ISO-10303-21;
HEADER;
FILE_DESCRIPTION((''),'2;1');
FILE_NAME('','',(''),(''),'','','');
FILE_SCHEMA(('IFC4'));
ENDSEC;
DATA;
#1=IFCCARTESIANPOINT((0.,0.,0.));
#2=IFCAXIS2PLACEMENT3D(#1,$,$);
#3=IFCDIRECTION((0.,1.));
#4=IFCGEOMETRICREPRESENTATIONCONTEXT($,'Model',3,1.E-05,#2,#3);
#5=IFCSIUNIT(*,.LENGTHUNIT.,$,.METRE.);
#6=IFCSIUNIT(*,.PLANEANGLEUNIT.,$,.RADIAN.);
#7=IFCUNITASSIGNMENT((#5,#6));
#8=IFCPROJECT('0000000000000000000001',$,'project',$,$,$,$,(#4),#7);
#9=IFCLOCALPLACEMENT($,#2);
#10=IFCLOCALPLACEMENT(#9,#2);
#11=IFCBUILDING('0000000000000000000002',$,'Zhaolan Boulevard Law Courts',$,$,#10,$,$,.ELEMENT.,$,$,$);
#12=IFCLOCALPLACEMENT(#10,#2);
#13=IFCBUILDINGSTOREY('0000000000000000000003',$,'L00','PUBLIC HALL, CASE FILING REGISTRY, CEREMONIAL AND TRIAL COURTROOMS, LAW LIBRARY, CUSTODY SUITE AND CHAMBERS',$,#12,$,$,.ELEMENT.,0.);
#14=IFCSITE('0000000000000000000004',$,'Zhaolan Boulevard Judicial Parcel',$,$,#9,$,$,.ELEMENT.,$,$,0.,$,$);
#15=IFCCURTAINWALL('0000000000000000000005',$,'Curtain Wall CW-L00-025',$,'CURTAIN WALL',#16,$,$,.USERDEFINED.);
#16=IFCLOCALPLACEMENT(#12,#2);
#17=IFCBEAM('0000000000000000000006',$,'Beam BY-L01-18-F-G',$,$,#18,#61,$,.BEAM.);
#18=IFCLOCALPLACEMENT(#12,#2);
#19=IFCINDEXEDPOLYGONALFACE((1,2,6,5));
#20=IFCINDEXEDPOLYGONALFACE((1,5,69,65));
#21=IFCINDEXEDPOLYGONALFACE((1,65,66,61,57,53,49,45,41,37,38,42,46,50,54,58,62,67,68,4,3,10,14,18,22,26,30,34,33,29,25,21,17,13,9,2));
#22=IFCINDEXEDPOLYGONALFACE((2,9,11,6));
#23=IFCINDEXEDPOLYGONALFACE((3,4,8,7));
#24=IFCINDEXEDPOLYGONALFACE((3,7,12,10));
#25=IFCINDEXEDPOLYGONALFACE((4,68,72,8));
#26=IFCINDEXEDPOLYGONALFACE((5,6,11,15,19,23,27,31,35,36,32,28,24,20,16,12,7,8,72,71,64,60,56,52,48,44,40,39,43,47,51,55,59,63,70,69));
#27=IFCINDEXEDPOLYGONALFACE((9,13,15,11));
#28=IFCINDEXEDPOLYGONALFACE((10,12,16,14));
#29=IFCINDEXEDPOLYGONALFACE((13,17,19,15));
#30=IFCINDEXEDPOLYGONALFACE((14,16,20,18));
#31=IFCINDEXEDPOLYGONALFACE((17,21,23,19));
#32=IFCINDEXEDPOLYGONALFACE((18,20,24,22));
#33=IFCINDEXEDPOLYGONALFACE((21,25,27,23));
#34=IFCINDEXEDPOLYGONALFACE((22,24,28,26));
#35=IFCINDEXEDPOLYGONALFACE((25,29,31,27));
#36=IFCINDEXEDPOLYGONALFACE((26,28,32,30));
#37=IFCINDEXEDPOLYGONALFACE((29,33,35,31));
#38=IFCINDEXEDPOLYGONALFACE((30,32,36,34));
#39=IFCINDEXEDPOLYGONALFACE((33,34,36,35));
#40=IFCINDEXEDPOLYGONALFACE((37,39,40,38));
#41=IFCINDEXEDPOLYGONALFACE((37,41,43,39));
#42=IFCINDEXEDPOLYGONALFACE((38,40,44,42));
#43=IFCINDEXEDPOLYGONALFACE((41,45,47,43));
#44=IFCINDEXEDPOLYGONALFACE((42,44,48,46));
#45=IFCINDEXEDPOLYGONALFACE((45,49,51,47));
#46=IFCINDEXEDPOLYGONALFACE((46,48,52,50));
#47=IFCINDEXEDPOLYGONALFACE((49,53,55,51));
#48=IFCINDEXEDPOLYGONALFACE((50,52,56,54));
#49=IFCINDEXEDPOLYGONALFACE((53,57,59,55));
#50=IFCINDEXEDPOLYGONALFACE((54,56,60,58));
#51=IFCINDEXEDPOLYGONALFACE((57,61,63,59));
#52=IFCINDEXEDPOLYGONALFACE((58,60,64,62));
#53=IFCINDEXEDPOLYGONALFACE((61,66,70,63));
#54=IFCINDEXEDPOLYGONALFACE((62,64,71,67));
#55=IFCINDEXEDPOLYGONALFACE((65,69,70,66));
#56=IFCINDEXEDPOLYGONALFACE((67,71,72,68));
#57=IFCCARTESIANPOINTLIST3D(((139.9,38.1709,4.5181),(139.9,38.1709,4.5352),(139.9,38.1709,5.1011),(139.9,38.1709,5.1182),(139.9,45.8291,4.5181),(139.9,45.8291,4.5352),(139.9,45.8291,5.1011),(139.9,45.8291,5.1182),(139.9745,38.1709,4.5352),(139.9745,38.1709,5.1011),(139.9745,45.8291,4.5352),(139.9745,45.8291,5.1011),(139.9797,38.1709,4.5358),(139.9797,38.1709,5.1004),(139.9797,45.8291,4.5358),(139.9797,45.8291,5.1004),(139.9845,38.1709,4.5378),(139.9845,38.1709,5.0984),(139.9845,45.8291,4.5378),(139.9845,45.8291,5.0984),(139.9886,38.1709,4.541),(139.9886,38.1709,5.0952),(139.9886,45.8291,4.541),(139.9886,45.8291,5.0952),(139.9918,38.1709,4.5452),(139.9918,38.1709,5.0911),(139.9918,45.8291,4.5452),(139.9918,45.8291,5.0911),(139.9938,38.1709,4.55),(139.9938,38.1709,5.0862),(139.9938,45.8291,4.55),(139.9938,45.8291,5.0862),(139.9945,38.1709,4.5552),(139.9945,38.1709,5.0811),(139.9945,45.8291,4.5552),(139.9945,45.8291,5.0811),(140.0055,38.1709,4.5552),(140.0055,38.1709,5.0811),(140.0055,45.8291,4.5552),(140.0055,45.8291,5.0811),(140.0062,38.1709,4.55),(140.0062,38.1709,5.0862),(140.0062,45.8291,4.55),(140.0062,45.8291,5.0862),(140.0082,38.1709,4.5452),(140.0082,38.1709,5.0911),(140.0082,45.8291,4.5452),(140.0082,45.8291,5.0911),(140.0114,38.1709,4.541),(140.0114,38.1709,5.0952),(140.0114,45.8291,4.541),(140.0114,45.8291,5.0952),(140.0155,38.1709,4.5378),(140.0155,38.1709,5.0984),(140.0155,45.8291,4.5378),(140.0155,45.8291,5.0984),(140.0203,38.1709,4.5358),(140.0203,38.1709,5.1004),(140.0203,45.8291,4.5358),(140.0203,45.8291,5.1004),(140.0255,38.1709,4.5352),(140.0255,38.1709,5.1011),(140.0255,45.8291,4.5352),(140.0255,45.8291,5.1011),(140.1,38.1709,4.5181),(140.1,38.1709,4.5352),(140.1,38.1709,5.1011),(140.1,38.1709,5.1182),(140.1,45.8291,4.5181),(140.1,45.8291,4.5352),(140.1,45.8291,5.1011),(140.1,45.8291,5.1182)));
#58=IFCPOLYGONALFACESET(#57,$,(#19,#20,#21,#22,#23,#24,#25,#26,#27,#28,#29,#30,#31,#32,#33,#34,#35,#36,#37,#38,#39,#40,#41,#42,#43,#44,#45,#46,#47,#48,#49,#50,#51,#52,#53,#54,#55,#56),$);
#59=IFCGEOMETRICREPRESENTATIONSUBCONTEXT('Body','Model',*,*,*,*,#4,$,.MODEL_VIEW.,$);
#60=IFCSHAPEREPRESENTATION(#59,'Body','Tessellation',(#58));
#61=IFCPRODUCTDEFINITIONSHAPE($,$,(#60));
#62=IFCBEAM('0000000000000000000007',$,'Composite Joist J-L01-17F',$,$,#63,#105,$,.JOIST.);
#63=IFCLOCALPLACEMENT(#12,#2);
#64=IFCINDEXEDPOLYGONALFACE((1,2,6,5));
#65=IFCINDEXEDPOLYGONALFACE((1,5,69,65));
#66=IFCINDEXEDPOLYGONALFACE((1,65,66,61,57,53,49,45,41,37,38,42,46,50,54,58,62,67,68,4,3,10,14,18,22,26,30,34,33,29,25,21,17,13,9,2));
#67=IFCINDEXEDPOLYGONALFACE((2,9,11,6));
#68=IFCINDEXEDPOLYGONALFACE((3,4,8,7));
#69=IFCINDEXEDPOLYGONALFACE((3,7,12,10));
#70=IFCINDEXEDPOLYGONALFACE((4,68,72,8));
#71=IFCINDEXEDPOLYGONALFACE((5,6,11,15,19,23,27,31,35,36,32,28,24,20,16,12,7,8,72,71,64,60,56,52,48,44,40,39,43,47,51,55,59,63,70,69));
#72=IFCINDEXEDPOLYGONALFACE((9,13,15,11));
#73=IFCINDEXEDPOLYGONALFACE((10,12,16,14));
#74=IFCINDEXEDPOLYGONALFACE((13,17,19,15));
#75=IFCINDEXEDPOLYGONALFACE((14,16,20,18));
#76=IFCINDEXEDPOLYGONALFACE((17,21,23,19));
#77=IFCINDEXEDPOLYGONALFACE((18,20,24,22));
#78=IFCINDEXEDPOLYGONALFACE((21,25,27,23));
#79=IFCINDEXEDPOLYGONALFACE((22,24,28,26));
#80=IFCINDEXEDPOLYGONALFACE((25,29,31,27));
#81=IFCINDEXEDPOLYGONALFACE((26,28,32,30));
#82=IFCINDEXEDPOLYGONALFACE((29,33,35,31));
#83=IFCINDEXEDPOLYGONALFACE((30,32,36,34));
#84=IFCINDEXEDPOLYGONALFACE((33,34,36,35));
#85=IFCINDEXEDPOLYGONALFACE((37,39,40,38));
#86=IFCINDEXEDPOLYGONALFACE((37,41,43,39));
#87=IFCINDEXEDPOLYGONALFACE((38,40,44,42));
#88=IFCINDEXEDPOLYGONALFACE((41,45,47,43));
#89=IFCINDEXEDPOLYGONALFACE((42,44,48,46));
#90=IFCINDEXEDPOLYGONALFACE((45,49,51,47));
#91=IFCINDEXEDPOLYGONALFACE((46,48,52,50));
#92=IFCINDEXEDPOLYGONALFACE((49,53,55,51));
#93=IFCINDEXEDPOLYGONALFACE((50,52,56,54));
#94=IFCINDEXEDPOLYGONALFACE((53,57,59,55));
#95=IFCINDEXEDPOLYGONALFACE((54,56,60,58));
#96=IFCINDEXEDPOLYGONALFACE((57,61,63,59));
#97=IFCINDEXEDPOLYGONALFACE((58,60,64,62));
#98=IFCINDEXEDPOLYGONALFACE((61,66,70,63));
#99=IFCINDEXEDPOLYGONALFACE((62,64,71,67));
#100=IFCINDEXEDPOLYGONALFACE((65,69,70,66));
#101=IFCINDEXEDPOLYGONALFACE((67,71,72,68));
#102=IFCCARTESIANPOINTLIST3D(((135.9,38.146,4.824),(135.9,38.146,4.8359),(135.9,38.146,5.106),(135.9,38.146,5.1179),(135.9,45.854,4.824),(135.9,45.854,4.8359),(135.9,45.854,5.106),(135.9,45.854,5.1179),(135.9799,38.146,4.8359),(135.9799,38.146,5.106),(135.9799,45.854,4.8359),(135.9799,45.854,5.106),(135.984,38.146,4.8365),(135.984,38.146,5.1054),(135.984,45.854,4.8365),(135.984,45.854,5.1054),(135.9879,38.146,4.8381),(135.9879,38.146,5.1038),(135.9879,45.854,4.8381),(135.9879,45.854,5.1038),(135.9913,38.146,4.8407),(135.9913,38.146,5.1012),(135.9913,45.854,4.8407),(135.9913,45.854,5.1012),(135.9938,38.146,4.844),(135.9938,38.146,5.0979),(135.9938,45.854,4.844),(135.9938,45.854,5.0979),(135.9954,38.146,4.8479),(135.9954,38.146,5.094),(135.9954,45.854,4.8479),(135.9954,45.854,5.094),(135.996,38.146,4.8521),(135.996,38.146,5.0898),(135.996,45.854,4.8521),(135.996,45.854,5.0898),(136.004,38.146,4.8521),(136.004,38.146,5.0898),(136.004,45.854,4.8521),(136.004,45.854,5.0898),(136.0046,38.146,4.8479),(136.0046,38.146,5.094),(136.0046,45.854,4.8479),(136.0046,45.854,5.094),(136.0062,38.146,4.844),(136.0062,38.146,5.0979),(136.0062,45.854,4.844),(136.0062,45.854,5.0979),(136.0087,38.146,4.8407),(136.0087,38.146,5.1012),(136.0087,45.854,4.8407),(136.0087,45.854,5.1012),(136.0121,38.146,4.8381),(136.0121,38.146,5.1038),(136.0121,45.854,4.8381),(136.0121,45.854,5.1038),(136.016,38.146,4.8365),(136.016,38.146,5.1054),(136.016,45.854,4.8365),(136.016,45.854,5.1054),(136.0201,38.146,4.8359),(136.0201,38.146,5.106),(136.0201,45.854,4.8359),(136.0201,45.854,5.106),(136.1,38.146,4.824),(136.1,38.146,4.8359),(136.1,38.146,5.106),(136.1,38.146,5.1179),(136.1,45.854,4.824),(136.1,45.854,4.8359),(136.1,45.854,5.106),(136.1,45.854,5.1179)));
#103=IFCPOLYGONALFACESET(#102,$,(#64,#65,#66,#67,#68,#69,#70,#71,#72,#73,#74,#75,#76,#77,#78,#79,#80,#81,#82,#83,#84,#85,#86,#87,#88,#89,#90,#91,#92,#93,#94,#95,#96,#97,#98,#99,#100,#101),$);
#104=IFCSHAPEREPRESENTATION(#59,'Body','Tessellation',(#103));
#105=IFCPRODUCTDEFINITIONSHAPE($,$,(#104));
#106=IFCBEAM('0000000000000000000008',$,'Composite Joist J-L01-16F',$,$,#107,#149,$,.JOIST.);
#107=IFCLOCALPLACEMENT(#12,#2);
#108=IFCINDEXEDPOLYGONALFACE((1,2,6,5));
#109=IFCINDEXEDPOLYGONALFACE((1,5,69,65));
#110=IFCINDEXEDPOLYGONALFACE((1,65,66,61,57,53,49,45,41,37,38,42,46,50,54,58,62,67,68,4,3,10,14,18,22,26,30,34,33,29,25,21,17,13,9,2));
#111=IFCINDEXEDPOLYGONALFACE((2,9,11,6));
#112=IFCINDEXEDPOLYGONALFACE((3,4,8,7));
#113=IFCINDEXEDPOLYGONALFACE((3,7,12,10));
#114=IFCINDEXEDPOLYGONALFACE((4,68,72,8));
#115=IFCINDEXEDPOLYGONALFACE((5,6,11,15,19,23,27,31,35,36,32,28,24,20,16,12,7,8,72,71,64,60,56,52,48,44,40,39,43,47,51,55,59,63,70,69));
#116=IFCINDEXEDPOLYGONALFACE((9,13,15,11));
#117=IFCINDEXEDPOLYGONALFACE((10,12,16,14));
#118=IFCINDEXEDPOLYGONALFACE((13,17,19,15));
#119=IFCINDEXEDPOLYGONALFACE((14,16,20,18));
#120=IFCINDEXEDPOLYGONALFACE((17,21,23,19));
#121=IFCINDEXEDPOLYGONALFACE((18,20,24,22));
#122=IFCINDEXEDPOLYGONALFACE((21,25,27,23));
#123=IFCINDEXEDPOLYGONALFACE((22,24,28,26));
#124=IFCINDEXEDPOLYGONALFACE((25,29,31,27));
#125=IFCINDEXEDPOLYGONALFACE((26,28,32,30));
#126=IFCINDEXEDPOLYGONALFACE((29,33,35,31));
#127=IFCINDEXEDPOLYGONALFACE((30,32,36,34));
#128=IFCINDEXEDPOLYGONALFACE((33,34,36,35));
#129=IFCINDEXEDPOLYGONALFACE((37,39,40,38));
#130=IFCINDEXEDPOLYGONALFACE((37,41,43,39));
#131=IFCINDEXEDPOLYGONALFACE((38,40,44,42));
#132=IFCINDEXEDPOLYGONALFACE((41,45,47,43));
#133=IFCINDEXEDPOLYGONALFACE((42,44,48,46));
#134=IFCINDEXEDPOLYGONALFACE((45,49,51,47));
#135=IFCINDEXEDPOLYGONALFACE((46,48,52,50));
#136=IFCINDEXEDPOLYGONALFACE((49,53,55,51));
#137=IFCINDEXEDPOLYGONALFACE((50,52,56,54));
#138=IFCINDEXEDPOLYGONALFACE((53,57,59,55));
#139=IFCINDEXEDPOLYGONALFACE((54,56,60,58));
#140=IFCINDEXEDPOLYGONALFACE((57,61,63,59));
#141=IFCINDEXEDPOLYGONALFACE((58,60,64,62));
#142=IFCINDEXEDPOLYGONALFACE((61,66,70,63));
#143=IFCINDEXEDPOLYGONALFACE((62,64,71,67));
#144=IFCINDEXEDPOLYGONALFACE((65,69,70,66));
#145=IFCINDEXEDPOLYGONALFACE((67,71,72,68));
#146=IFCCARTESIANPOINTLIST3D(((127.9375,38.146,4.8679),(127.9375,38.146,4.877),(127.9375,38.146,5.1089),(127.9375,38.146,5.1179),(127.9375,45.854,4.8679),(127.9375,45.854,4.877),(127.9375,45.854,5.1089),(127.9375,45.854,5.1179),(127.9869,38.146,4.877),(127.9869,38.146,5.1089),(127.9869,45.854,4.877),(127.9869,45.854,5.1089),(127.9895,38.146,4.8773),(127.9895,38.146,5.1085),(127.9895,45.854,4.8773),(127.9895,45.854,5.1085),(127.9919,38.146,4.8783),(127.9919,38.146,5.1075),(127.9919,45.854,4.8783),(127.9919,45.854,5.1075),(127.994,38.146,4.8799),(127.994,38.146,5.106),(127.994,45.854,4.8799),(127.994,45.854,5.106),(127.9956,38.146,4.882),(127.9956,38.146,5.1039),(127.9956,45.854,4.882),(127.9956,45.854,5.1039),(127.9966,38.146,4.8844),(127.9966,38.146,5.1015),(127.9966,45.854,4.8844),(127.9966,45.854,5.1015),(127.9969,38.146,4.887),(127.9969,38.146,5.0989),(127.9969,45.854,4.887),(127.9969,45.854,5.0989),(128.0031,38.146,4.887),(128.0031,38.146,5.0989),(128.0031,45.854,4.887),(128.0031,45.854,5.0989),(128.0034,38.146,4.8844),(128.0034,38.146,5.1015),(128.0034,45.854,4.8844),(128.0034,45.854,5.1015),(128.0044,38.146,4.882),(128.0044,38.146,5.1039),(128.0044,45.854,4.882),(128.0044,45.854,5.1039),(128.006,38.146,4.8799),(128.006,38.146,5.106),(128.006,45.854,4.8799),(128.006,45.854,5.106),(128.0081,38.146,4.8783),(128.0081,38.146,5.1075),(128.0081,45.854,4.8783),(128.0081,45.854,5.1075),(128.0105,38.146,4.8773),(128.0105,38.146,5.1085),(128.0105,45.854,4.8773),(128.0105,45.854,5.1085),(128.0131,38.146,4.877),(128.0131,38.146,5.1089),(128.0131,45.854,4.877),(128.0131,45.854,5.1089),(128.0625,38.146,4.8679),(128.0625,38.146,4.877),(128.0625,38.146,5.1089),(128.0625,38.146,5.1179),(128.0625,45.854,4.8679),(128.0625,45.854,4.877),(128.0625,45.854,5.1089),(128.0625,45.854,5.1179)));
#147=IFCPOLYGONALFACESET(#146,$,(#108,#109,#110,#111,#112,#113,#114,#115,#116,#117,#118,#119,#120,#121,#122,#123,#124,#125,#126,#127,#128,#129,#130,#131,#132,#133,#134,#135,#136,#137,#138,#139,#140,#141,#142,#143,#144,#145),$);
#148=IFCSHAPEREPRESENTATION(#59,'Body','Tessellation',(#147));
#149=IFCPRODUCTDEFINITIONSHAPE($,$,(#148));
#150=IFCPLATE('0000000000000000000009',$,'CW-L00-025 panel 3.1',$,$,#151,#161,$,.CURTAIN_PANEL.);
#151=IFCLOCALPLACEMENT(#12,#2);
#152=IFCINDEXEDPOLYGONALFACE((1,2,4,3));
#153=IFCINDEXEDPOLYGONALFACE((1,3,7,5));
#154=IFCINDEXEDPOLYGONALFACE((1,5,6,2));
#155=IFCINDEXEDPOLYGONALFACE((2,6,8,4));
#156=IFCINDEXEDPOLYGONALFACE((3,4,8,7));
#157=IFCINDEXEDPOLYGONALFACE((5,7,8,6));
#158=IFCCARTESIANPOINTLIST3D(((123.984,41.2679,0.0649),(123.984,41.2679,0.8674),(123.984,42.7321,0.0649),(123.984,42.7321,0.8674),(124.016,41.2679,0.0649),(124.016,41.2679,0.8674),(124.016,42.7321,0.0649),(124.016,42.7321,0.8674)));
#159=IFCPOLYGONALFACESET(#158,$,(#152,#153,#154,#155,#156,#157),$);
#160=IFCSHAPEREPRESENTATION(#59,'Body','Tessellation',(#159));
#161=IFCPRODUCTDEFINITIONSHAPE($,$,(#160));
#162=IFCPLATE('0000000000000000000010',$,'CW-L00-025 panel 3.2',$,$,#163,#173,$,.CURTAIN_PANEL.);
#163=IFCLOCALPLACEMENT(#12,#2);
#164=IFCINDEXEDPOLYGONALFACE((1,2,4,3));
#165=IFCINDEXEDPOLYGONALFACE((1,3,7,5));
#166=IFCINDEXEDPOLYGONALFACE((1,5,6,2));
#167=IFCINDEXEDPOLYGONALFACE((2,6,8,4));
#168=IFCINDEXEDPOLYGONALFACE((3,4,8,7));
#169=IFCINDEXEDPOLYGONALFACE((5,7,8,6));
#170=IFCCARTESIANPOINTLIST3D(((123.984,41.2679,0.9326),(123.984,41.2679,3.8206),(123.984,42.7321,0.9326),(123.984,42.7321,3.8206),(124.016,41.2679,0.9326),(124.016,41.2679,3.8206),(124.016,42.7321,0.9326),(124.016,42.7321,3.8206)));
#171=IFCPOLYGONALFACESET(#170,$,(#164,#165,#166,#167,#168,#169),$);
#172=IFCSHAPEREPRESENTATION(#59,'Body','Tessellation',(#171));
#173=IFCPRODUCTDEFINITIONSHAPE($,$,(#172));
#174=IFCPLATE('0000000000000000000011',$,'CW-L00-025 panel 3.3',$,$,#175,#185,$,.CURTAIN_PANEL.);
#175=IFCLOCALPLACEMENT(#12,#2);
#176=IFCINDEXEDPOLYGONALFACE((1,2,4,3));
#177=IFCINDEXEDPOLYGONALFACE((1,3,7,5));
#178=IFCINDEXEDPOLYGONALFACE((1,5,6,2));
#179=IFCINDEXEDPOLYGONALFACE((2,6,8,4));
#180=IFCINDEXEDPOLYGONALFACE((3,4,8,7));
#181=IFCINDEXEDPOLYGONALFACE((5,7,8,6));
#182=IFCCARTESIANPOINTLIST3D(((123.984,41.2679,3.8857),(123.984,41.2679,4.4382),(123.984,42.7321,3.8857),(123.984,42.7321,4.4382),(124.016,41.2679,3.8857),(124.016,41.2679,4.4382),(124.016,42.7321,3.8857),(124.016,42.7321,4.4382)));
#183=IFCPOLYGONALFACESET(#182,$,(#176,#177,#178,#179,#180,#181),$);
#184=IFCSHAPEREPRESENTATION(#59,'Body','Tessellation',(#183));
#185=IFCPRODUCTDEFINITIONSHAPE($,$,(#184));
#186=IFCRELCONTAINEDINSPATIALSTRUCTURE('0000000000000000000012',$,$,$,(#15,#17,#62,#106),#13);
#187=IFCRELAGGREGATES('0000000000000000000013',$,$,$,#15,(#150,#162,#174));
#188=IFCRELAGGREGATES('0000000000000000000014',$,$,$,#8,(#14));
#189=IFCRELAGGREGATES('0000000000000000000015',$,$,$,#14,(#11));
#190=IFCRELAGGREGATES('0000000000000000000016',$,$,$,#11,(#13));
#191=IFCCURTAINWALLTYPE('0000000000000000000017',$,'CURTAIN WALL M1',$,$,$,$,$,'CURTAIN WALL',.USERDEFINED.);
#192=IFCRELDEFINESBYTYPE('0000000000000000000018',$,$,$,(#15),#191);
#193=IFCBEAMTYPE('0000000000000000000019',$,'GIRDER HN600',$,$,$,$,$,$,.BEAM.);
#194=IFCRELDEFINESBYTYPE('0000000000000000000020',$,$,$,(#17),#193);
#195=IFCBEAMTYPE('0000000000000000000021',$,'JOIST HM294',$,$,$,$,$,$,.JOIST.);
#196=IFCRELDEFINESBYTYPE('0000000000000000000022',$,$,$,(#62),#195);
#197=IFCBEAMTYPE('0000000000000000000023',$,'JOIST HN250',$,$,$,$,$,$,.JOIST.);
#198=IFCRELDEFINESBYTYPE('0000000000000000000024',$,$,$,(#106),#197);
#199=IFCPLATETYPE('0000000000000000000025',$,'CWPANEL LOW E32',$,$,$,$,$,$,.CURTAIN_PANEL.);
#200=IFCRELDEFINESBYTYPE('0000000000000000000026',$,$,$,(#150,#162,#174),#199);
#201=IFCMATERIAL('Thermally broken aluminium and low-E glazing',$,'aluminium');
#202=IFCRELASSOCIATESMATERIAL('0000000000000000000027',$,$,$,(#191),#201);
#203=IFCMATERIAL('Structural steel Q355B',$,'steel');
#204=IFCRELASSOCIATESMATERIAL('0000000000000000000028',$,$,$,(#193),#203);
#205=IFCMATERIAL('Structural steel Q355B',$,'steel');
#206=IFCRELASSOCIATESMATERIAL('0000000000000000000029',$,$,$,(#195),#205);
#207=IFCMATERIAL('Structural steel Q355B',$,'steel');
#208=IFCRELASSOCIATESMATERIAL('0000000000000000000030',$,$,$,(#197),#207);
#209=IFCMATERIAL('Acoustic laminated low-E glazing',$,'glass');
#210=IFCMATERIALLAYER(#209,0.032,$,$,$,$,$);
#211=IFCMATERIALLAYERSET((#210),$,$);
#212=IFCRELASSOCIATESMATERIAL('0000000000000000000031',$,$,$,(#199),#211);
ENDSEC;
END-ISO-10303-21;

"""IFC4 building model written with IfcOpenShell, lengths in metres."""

from ifc_helpers import new_model, si_unit, direction, frame, origin, origin_2d, place, context, subcontext, project, spatial, rectangle, i_section, extrude, material, layer, layer_set, material_profile, profile_set, type_object, element, aggregate, save


model = new_model("IFC4")

# Units and contexts
model_context = context("Model", 3, precision=1e-05, world=origin(), true_north=direction((0.0, 1.0)))
body_context = subcontext(model_context, "Body", "Model", "MODEL_VIEW")
ifc_project = project(units=[si_unit("LENGTHUNIT", "METRE"), si_unit("PLANEANGLEUNIT", "RADIAN")], contexts=[model_context])

# Site, building, storey
site_placement = place(None, origin())
site = spatial("IfcSite", under=ifc_project, at=site_placement, Name="Zhaolan Boulevard Judicial Parcel", CompositionType="ELEMENT", RefElevation=0.0)
building_placement = place(site_placement, origin())
building = spatial("IfcBuilding", under=site, at=building_placement, Name="Zhaolan Boulevard Law Courts", CompositionType="ELEMENT")
storey_placement = place(building_placement, origin())
storey = spatial("IfcBuildingStorey", under=building, at=storey_placement, Name="L00", Description="PUBLIC HALL, CASE FILING REGISTRY, CEREMONIAL AND TRIAL COURTROOMS, LAW LIBRARY, CUSTODY SUITE AND CHAMBERS", CompositionType="ELEMENT", Elevation=0.0)

# Curtain wall
ifc_material_1 = material(Name="Thermally broken aluminium and low-E glazing", Category="aluminium")
curtain_wall_type = type_object("IfcCurtainWallType", Name="CURTAIN WALL M1", ElementType="CURTAIN WALL", PredefinedType="USERDEFINED", material=ifc_material_1)
curtain_wall_placement = place(storey_placement, origin())
curtain_wall = element("IfcCurtainWall", 1, at=curtain_wall_placement, inside=storey, type_object=curtain_wall_type, Name="Curtain Wall CW-L00-025", ObjectType="CURTAIN WALL", PredefinedType="USERDEFINED")

# Beams
ifc_material_2 = material(Name="Structural steel Q355B", Category="steel")
ifc_material_profile_1 = material_profile(ifc_material_2, i_section(OverallWidth=0.2, OverallDepth=0.6001, WebThickness=0.011, FlangeThickness=0.0171, FilletRadius=0.02, at=origin_2d()), Name="HN600x200")
ifc_profile_set_1 = profile_set([ifc_material_profile_1], Name="Structural steel Q355B")
beam_type_1 = type_object("IfcBeamType", Name="GIRDER HN600", PredefinedType="BEAM", material=ifc_profile_set_1)
for number, where, z_axis, x_axis, name in (
    (2, (140.0, 38.1709, 4.8181), (0.0, 1.0, 0.0), (-1.0, 0.0, 0.0), "Beam BY-L01-18-F-G"),
):
    element("IfcBeam", number, at=place(storey_placement, frame(where, z_axis=z_axis, x_axis=x_axis)), inside=storey, type_object=beam_type_1, Name=name, PredefinedType="BEAM", context=body_context, shape_type="SweptSolid", body=[
        extrude(i_section(OverallWidth=0.2, OverallDepth=0.6001, WebThickness=0.011, FlangeThickness=0.0171, FilletRadius=0.02, at=origin_2d()), origin(), (0.0, 0.0, 1.0), 7.6582),
    ])
ifc_material_3 = material(Name="Structural steel Q355B", Category="steel")
ifc_material_profile_2 = material_profile(ifc_material_3, i_section(OverallWidth=0.2, OverallDepth=0.2939, WebThickness=0.0081, FlangeThickness=0.012, FilletRadius=0.0161, at=origin_2d()), Name="HM294x200")
ifc_profile_set_2 = profile_set([ifc_material_profile_2], Name="Structural steel Q355B")
beam_type_2 = type_object("IfcBeamType", Name="JOIST HM294", PredefinedType="JOIST", material=ifc_profile_set_2)
beam_1_placement = place(storey_placement, frame((136.0, 38.146, 4.9709), z_axis=(0.0, 1.0, 0.0), x_axis=(-1.0, 0.0, 0.0)))
element("IfcBeam", 3, at=beam_1_placement, inside=storey, type_object=beam_type_2, Name="Composite Joist J-L01-17F", PredefinedType="JOIST", context=body_context, shape_type="SweptSolid", body=[
    extrude(i_section(OverallWidth=0.2, OverallDepth=0.2939, WebThickness=0.0081, FlangeThickness=0.012, FilletRadius=0.0161, at=origin_2d()), origin(), (0.0, 0.0, 1.0), 7.708),
])
ifc_material_4 = material(Name="Structural steel Q355B", Category="steel")
ifc_material_profile_3 = material_profile(ifc_material_4, i_section(OverallWidth=0.125, OverallDepth=0.25, WebThickness=0.0061, FlangeThickness=0.009, FilletRadius=0.01, at=origin_2d()), Name="HN250x125")
ifc_profile_set_3 = profile_set([ifc_material_profile_3], Name="Structural steel Q355B")
beam_type_3 = type_object("IfcBeamType", Name="JOIST HN250", PredefinedType="JOIST", material=ifc_profile_set_3)
beam_2_placement = place(storey_placement, frame((128.0, 38.146, 4.9929), z_axis=(0.0, 1.0, 0.0), x_axis=(-1.0, 0.0, 0.0)))
element("IfcBeam", 4, at=beam_2_placement, inside=storey, type_object=beam_type_3, Name="Composite Joist J-L01-16F", PredefinedType="JOIST", context=body_context, shape_type="SweptSolid", body=[
    extrude(i_section(OverallWidth=0.125, OverallDepth=0.25, WebThickness=0.0061, FlangeThickness=0.009, FilletRadius=0.01, at=origin_2d()), origin(), (0.0, 0.0, 1.0), 7.708),
])

# Plates
ifc_material_5 = material(Name="Acoustic laminated low-E glazing", Category="glass")
ifc_layer_1 = layer(ifc_material_5, 0.032)
ifc_layer_set_1 = layer_set([ifc_layer_1])
plate_type = type_object("IfcPlateType", Name="CWPANEL LOW E32", PredefinedType="CURTAIN_PANEL", material=ifc_layer_set_1)
plate_1_placement = place(storey_placement, frame((124.0, 42.0, 0.0649), z_axis=(0.0, 0.0, 1.0), x_axis=(0.0, 1.0, 0.0)))
plate_1 = element("IfcPlate", 5, at=plate_1_placement, type_object=plate_type, Name="CW-L00-025 panel 3.1", PredefinedType="CURTAIN_PANEL", context=body_context, shape_type="SweptSolid", body=[
    extrude(rectangle(XDim=1.4641, YDim=0.032, at=origin_2d()), origin(), (0.0, 0.0, 1.0), 0.8025),
])
plate_2_placement = place(storey_placement, frame((124.0, 42.0, 0.9326), z_axis=(0.0, 0.0, 1.0), x_axis=(0.0, 1.0, 0.0)))
plate_2 = element("IfcPlate", 6, at=plate_2_placement, type_object=plate_type, Name="CW-L00-025 panel 3.2", PredefinedType="CURTAIN_PANEL", context=body_context, shape_type="SweptSolid", body=[
    extrude(rectangle(XDim=1.4641, YDim=0.032, at=origin_2d()), origin(), (0.0, 0.0, 1.0), 2.8879),
])
plate_3_placement = place(storey_placement, frame((124.0, 42.0, 3.8857), z_axis=(0.0, 0.0, 1.0), x_axis=(0.0, 1.0, 0.0)))
plate_3 = element("IfcPlate", 7, at=plate_3_placement, type_object=plate_type, Name="CW-L00-025 panel 3.3", PredefinedType="CURTAIN_PANEL", context=body_context, shape_type="SweptSolid", body=[
    extrude(rectangle(XDim=1.4641, YDim=0.032, at=origin_2d()), origin(), (0.0, 0.0, 1.0), 0.5525),
])
aggregate(curtain_wall, [plate_1, plate_2, plate_3])

save(model, "model.ifc")
